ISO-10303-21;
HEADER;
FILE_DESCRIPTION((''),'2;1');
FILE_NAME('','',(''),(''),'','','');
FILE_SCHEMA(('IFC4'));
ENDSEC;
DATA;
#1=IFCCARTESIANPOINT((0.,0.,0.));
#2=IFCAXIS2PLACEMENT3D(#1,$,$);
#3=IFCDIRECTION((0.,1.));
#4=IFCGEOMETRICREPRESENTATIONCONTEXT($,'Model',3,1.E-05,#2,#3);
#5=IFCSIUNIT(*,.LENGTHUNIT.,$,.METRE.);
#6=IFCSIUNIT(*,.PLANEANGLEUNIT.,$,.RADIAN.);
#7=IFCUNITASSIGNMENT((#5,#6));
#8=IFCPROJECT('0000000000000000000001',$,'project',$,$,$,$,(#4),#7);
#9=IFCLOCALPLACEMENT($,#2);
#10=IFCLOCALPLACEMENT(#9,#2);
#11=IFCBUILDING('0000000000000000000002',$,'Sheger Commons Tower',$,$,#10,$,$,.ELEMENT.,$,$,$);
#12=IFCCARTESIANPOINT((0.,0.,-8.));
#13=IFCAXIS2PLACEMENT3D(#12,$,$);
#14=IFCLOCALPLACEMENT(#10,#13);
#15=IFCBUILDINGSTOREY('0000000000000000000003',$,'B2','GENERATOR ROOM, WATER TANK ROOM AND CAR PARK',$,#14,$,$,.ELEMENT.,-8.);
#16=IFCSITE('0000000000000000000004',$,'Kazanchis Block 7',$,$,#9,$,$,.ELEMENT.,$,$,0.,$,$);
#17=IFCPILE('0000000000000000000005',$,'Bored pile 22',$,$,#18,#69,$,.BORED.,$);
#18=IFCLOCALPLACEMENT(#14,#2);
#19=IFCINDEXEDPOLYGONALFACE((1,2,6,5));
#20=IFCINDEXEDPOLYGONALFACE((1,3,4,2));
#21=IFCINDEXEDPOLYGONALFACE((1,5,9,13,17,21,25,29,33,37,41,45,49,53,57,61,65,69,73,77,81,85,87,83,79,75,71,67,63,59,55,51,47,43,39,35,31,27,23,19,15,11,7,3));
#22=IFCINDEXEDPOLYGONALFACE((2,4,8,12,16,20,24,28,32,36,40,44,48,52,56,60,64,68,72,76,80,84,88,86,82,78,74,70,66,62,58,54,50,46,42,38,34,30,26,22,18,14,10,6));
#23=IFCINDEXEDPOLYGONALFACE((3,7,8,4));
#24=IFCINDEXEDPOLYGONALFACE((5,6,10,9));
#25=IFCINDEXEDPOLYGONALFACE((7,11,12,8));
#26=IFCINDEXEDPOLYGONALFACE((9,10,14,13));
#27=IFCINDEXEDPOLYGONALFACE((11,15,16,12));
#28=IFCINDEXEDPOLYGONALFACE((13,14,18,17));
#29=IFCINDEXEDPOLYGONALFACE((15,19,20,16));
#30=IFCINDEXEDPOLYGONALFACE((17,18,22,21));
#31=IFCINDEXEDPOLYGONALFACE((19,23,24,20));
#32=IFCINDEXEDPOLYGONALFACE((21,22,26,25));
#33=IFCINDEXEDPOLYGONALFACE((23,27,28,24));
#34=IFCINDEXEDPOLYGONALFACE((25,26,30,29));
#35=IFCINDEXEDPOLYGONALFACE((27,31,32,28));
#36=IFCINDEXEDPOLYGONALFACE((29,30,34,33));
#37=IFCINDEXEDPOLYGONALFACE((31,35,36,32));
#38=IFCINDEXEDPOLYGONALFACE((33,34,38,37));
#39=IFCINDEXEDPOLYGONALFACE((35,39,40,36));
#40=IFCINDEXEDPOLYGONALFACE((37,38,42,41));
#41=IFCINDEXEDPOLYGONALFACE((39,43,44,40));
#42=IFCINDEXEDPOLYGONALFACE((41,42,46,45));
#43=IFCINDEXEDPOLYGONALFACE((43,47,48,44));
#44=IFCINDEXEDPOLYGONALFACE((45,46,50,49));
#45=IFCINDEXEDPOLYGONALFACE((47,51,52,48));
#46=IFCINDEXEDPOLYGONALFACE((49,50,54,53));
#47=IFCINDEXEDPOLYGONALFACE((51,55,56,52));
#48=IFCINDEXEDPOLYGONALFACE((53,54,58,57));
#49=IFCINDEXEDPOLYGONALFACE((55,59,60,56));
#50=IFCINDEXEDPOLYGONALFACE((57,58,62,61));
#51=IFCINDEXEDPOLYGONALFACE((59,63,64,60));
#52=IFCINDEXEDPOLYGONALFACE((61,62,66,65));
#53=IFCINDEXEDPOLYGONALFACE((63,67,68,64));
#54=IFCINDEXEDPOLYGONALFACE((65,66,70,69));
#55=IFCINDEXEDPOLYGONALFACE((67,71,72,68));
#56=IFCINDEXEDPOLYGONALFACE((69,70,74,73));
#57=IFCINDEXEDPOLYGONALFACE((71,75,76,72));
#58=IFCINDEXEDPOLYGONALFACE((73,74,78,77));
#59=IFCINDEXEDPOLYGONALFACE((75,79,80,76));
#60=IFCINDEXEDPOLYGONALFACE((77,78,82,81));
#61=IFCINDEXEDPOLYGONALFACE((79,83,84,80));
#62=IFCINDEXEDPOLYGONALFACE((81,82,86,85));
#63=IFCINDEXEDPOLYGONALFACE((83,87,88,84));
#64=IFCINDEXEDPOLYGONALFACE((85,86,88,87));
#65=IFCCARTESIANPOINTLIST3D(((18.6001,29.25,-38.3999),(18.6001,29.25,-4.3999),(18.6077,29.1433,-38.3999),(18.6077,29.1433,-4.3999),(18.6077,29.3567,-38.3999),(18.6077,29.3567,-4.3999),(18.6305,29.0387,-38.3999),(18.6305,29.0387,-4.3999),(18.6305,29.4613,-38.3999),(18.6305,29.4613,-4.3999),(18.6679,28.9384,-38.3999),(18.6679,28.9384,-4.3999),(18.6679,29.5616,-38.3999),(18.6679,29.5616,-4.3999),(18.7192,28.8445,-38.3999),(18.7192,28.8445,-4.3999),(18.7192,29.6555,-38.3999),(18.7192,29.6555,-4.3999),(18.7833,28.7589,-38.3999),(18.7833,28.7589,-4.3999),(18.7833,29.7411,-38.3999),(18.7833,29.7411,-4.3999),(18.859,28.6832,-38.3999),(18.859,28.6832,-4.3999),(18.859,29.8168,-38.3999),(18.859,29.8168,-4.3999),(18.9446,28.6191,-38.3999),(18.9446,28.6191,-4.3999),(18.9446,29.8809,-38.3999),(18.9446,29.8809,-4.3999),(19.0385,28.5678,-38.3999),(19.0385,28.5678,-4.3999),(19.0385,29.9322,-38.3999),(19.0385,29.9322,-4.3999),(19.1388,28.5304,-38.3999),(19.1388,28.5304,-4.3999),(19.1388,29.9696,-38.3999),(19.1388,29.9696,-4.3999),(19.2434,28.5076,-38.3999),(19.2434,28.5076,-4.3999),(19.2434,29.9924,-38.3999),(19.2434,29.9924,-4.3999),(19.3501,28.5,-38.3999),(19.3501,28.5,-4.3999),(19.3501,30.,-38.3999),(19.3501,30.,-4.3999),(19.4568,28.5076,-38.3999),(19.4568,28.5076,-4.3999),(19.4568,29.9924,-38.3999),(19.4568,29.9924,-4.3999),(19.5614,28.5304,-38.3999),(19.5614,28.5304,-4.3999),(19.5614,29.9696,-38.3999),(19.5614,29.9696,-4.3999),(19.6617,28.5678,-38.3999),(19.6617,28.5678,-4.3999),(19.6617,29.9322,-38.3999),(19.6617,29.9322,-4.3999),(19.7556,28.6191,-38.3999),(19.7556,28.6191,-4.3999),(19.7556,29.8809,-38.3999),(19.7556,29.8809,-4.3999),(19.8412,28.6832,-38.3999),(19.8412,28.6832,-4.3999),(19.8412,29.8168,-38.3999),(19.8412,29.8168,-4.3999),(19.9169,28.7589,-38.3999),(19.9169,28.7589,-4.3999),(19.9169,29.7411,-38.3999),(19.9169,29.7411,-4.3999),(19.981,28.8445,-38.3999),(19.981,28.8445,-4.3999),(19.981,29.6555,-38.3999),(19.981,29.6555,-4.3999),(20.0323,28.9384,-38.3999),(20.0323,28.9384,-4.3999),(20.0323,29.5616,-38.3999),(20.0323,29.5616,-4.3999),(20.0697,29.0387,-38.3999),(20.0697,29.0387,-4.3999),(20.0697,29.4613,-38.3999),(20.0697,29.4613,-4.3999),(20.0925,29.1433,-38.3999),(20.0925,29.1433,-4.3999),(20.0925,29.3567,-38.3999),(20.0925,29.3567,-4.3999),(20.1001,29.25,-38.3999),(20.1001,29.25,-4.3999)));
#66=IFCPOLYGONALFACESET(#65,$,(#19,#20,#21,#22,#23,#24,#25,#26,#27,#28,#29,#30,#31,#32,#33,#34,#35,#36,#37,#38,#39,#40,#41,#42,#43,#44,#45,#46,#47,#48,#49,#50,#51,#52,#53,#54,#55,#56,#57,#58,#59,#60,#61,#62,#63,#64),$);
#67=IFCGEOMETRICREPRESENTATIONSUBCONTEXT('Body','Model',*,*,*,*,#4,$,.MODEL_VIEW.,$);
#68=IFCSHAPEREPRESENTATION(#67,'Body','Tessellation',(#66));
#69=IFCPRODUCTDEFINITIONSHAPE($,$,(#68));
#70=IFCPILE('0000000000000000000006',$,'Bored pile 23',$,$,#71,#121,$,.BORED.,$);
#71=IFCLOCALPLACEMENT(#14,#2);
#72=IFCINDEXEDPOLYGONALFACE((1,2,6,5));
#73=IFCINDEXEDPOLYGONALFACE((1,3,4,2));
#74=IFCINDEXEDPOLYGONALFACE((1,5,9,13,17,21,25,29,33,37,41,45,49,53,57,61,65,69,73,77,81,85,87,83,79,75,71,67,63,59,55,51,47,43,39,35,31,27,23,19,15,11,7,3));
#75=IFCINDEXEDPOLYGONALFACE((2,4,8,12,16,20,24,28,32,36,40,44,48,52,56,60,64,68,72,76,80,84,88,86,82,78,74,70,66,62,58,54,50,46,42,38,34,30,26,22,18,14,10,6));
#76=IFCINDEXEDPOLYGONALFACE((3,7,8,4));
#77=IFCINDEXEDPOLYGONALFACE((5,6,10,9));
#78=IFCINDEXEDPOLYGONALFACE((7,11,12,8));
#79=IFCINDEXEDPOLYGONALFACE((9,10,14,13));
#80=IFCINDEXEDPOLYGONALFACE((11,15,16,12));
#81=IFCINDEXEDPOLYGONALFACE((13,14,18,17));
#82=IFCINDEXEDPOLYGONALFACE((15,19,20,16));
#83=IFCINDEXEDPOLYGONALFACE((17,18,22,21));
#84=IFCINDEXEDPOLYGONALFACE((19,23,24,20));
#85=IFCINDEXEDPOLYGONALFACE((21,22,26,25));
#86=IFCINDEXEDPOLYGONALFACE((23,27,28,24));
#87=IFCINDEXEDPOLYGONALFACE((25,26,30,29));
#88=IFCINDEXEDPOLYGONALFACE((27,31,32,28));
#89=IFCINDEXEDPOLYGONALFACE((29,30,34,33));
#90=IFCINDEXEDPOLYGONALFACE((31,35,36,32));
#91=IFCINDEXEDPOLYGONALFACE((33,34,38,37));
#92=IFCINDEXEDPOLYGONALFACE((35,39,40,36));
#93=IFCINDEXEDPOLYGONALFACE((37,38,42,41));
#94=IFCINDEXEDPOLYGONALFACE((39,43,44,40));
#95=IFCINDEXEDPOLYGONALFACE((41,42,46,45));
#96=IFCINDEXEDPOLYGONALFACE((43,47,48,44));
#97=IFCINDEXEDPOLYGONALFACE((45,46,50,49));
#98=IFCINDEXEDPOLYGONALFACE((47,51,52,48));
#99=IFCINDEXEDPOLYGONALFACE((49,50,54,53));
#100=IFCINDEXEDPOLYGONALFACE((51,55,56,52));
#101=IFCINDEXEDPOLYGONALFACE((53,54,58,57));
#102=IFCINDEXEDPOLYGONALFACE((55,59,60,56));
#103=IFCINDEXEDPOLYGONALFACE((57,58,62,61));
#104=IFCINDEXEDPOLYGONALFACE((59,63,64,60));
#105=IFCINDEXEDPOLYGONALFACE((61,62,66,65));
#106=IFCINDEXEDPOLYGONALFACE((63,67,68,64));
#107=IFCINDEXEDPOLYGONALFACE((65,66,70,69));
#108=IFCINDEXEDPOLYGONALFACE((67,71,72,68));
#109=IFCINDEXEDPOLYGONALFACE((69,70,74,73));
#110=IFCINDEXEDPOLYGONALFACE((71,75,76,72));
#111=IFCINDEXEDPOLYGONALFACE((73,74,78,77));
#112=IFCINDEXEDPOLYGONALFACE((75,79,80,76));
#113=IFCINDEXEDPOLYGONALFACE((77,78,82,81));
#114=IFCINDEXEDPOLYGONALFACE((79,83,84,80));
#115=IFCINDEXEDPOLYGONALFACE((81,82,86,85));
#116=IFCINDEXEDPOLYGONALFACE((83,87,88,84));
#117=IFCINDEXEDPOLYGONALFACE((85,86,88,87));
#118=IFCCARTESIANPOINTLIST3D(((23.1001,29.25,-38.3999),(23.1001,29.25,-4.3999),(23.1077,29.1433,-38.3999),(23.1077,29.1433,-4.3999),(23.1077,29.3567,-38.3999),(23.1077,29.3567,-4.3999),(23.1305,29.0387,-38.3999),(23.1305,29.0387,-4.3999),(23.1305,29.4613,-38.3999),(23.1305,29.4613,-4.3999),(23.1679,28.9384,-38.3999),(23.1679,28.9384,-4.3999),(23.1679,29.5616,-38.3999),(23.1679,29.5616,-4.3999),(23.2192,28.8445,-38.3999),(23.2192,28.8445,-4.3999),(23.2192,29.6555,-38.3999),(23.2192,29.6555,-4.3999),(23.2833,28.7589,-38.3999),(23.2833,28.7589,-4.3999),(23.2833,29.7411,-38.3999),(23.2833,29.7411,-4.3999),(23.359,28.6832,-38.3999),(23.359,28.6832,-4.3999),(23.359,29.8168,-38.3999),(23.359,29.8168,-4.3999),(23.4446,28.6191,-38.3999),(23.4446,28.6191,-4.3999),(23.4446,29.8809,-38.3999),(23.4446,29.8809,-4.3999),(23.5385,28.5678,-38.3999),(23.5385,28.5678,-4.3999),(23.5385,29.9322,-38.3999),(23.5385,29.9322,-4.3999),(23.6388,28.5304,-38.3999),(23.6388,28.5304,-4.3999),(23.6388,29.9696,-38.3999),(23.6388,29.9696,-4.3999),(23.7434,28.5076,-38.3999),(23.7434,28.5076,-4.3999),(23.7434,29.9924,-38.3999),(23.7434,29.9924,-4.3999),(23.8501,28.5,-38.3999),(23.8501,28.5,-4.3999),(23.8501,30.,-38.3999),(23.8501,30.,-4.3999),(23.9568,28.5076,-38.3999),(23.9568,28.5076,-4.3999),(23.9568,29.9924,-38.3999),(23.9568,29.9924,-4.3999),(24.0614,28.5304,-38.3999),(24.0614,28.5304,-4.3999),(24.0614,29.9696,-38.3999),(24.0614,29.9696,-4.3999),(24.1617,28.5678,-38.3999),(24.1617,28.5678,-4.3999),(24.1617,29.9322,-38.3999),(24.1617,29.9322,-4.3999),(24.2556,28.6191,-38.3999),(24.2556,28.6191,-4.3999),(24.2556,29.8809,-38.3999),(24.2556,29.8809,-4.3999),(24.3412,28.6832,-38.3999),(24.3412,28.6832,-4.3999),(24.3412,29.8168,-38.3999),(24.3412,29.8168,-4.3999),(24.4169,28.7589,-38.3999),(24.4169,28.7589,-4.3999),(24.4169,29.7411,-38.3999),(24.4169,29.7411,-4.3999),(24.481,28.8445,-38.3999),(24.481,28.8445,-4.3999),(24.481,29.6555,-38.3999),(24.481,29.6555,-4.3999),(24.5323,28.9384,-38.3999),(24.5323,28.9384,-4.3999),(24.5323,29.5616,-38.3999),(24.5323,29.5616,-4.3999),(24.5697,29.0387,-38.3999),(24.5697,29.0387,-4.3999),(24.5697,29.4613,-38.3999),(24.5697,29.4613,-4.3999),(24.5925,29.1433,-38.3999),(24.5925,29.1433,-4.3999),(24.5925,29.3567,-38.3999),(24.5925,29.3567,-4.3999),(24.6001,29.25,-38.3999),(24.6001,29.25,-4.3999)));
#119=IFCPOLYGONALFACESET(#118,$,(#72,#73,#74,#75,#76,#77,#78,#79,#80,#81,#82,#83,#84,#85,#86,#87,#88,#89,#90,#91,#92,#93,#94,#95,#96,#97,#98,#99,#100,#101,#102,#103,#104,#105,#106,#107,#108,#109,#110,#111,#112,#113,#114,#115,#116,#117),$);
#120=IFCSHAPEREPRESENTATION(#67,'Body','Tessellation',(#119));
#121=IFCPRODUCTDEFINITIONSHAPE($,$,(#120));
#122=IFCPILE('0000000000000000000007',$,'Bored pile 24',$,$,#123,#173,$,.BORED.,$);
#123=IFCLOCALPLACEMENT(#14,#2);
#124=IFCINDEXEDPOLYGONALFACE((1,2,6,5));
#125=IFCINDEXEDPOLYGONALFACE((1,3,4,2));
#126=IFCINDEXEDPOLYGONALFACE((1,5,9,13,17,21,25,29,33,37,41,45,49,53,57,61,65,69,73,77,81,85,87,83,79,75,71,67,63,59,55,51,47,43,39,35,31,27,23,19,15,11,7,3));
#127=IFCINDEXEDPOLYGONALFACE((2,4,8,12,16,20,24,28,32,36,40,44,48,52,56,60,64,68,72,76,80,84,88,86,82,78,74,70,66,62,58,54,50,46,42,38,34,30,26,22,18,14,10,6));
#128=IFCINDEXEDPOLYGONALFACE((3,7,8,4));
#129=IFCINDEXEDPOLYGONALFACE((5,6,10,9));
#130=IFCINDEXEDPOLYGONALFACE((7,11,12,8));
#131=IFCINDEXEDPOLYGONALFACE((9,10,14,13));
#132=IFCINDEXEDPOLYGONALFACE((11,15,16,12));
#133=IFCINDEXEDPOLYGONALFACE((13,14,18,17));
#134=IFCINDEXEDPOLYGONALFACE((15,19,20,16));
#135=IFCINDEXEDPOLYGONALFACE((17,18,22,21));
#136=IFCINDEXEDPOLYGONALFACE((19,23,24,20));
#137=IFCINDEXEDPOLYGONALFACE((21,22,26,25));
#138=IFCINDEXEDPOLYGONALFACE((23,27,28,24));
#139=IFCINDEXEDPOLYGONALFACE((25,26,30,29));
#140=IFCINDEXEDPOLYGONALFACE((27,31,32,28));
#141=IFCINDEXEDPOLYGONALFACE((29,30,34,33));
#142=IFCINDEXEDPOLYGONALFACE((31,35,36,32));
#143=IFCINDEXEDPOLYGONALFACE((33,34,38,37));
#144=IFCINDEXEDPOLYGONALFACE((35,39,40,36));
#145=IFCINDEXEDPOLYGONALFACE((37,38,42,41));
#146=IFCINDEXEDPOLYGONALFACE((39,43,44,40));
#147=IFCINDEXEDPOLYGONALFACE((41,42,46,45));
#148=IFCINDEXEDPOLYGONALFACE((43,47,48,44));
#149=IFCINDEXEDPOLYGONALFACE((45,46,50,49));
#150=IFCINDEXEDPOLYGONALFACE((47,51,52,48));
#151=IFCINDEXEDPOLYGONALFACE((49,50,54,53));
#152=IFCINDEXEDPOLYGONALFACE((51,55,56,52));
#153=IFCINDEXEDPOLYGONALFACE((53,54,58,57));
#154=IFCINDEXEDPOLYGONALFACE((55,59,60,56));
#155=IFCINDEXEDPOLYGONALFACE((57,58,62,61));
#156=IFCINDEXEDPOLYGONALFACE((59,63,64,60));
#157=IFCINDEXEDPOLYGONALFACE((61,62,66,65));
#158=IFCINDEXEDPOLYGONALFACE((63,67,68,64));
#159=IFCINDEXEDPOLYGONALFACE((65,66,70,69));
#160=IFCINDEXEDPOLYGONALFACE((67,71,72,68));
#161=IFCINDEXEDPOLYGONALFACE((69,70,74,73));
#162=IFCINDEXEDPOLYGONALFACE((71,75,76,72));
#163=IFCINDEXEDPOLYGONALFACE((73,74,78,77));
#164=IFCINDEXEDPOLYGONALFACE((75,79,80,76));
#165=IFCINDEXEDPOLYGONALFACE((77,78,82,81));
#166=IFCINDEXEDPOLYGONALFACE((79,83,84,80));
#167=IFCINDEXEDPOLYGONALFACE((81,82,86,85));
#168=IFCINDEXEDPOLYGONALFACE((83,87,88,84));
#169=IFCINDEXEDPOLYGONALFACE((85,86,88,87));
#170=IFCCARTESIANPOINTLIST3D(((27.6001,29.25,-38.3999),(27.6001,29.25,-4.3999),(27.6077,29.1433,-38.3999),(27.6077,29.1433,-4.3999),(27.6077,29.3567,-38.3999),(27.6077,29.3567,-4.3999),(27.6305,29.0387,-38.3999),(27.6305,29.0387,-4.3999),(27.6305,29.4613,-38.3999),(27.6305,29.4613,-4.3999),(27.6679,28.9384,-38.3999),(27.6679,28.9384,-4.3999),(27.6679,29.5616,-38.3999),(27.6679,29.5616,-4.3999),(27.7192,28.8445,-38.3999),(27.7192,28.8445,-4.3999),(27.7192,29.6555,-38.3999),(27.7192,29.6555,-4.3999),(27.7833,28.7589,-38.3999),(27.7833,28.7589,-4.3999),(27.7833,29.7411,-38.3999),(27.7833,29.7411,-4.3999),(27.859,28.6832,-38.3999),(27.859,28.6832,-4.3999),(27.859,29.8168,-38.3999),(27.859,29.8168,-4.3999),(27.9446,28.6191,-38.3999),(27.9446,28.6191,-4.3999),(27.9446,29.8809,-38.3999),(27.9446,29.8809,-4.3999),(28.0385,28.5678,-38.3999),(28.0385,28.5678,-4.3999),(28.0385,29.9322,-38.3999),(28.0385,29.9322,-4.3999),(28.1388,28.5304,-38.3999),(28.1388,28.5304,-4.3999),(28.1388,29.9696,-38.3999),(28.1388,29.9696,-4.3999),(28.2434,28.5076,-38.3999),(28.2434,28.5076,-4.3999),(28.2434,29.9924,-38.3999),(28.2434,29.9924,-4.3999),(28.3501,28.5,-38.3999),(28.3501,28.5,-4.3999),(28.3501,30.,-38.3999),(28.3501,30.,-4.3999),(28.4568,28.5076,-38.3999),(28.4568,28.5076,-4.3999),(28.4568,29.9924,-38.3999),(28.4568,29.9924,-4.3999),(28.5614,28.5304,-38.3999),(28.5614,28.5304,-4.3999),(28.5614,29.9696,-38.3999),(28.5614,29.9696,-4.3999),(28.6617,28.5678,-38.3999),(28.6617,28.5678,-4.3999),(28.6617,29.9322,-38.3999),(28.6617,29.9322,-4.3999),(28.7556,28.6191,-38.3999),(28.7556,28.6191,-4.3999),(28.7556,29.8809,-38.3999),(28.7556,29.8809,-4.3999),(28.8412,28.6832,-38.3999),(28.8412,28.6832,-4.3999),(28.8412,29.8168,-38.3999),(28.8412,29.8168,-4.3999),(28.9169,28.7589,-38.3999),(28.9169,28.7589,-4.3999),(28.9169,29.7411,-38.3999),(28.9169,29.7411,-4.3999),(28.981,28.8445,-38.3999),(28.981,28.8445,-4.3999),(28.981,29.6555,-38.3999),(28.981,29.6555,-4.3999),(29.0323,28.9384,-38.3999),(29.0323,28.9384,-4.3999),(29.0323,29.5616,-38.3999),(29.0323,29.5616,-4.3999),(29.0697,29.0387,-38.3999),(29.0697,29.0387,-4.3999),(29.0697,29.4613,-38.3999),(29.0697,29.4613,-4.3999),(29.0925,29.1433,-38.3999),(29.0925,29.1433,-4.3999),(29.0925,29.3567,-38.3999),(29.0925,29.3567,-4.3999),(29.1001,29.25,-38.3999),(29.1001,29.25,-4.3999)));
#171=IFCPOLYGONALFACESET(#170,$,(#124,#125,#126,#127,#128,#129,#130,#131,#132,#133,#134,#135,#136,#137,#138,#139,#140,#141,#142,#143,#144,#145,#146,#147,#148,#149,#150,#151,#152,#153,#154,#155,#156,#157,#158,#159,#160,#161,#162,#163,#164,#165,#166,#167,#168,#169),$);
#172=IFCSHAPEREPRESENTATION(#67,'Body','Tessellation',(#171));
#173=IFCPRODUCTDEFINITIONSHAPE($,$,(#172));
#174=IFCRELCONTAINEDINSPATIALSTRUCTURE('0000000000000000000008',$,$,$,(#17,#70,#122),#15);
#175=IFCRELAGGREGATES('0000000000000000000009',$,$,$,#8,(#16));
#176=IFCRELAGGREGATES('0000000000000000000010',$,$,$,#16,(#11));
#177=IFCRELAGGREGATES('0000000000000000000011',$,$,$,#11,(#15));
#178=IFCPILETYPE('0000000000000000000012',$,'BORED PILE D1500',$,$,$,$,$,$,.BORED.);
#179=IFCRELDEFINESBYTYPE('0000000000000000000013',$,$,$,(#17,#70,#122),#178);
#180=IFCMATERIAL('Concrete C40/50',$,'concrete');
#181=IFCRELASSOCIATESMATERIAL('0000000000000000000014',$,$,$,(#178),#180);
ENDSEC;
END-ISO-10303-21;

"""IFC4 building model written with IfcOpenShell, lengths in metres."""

from ifc_helpers import new_model, si_unit, direction, frame, origin, origin_2d, place, context, subcontext, project, spatial, circle, extrude, material, material_profile, profile_set, type_object, element, save


model = new_model("IFC4")

# Units and contexts
model_context = context("Model", 3, precision=1e-05, world=origin(), true_north=direction((0.0, 1.0)))
body_context = subcontext(model_context, "Body", "Model", "MODEL_VIEW")
ifc_project = project(units=[si_unit("LENGTHUNIT", "METRE"), si_unit("PLANEANGLEUNIT", "RADIAN")], contexts=[model_context])

# Site, building, storey
site_placement = place(None, origin())
site = spatial("IfcSite", under=ifc_project, at=site_placement, Name="Kazanchis Block 7", CompositionType="ELEMENT", RefElevation=0.0)
building_placement = place(site_placement, origin())
building = spatial("IfcBuilding", under=site, at=building_placement, Name="Sheger Commons Tower", CompositionType="ELEMENT")
storey_placement = place(building_placement, frame((0.0, 0.0, -8.0)))
storey = spatial("IfcBuildingStorey", under=building, at=storey_placement, Name="B2", Description="GENERATOR ROOM, WATER TANK ROOM AND CAR PARK", CompositionType="ELEMENT", Elevation=-8.0)

# Piles
ifc_material_1 = material(Name="Concrete C40/50", Category="concrete")
ifc_material_profile_1 = material_profile(ifc_material_1, circle(Radius=0.75, at=origin_2d()), Name="PILE D1500")
ifc_profile_set_1 = profile_set([ifc_material_profile_1], Name="Concrete C40/50")
pile_type = type_object("IfcPileType", Name="BORED PILE D1500", PredefinedType="BORED", material=ifc_profile_set_1)
for number, where, z_axis, x_axis, name in (
    (1, (19.3501, 29.25, -4.3999), (0.0, 0.0, -1.0), (1.0, 0.0, 0.0), "Bored pile 22"),
    (2, (23.8501, 29.25, -4.3999), (0.0, 0.0, -1.0), (1.0, 0.0, 0.0), "Bored pile 23"),
    (3, (28.3501, 29.25, -4.3999), (0.0, 0.0, -1.0), (1.0, 0.0, 0.0), "Bored pile 24"),
):
    element("IfcPile", number, at=place(storey_placement, frame(where, z_axis=z_axis, x_axis=x_axis)), inside=storey, type_object=pile_type, Name=name, PredefinedType="BORED", context=body_context, shape_type="SweptSolid", body=[
        extrude(circle(Radius=0.75, at=origin_2d()), origin(), (0.0, 0.0, 1.0), 34.0),
    ])

save(model, "model.ifc")
